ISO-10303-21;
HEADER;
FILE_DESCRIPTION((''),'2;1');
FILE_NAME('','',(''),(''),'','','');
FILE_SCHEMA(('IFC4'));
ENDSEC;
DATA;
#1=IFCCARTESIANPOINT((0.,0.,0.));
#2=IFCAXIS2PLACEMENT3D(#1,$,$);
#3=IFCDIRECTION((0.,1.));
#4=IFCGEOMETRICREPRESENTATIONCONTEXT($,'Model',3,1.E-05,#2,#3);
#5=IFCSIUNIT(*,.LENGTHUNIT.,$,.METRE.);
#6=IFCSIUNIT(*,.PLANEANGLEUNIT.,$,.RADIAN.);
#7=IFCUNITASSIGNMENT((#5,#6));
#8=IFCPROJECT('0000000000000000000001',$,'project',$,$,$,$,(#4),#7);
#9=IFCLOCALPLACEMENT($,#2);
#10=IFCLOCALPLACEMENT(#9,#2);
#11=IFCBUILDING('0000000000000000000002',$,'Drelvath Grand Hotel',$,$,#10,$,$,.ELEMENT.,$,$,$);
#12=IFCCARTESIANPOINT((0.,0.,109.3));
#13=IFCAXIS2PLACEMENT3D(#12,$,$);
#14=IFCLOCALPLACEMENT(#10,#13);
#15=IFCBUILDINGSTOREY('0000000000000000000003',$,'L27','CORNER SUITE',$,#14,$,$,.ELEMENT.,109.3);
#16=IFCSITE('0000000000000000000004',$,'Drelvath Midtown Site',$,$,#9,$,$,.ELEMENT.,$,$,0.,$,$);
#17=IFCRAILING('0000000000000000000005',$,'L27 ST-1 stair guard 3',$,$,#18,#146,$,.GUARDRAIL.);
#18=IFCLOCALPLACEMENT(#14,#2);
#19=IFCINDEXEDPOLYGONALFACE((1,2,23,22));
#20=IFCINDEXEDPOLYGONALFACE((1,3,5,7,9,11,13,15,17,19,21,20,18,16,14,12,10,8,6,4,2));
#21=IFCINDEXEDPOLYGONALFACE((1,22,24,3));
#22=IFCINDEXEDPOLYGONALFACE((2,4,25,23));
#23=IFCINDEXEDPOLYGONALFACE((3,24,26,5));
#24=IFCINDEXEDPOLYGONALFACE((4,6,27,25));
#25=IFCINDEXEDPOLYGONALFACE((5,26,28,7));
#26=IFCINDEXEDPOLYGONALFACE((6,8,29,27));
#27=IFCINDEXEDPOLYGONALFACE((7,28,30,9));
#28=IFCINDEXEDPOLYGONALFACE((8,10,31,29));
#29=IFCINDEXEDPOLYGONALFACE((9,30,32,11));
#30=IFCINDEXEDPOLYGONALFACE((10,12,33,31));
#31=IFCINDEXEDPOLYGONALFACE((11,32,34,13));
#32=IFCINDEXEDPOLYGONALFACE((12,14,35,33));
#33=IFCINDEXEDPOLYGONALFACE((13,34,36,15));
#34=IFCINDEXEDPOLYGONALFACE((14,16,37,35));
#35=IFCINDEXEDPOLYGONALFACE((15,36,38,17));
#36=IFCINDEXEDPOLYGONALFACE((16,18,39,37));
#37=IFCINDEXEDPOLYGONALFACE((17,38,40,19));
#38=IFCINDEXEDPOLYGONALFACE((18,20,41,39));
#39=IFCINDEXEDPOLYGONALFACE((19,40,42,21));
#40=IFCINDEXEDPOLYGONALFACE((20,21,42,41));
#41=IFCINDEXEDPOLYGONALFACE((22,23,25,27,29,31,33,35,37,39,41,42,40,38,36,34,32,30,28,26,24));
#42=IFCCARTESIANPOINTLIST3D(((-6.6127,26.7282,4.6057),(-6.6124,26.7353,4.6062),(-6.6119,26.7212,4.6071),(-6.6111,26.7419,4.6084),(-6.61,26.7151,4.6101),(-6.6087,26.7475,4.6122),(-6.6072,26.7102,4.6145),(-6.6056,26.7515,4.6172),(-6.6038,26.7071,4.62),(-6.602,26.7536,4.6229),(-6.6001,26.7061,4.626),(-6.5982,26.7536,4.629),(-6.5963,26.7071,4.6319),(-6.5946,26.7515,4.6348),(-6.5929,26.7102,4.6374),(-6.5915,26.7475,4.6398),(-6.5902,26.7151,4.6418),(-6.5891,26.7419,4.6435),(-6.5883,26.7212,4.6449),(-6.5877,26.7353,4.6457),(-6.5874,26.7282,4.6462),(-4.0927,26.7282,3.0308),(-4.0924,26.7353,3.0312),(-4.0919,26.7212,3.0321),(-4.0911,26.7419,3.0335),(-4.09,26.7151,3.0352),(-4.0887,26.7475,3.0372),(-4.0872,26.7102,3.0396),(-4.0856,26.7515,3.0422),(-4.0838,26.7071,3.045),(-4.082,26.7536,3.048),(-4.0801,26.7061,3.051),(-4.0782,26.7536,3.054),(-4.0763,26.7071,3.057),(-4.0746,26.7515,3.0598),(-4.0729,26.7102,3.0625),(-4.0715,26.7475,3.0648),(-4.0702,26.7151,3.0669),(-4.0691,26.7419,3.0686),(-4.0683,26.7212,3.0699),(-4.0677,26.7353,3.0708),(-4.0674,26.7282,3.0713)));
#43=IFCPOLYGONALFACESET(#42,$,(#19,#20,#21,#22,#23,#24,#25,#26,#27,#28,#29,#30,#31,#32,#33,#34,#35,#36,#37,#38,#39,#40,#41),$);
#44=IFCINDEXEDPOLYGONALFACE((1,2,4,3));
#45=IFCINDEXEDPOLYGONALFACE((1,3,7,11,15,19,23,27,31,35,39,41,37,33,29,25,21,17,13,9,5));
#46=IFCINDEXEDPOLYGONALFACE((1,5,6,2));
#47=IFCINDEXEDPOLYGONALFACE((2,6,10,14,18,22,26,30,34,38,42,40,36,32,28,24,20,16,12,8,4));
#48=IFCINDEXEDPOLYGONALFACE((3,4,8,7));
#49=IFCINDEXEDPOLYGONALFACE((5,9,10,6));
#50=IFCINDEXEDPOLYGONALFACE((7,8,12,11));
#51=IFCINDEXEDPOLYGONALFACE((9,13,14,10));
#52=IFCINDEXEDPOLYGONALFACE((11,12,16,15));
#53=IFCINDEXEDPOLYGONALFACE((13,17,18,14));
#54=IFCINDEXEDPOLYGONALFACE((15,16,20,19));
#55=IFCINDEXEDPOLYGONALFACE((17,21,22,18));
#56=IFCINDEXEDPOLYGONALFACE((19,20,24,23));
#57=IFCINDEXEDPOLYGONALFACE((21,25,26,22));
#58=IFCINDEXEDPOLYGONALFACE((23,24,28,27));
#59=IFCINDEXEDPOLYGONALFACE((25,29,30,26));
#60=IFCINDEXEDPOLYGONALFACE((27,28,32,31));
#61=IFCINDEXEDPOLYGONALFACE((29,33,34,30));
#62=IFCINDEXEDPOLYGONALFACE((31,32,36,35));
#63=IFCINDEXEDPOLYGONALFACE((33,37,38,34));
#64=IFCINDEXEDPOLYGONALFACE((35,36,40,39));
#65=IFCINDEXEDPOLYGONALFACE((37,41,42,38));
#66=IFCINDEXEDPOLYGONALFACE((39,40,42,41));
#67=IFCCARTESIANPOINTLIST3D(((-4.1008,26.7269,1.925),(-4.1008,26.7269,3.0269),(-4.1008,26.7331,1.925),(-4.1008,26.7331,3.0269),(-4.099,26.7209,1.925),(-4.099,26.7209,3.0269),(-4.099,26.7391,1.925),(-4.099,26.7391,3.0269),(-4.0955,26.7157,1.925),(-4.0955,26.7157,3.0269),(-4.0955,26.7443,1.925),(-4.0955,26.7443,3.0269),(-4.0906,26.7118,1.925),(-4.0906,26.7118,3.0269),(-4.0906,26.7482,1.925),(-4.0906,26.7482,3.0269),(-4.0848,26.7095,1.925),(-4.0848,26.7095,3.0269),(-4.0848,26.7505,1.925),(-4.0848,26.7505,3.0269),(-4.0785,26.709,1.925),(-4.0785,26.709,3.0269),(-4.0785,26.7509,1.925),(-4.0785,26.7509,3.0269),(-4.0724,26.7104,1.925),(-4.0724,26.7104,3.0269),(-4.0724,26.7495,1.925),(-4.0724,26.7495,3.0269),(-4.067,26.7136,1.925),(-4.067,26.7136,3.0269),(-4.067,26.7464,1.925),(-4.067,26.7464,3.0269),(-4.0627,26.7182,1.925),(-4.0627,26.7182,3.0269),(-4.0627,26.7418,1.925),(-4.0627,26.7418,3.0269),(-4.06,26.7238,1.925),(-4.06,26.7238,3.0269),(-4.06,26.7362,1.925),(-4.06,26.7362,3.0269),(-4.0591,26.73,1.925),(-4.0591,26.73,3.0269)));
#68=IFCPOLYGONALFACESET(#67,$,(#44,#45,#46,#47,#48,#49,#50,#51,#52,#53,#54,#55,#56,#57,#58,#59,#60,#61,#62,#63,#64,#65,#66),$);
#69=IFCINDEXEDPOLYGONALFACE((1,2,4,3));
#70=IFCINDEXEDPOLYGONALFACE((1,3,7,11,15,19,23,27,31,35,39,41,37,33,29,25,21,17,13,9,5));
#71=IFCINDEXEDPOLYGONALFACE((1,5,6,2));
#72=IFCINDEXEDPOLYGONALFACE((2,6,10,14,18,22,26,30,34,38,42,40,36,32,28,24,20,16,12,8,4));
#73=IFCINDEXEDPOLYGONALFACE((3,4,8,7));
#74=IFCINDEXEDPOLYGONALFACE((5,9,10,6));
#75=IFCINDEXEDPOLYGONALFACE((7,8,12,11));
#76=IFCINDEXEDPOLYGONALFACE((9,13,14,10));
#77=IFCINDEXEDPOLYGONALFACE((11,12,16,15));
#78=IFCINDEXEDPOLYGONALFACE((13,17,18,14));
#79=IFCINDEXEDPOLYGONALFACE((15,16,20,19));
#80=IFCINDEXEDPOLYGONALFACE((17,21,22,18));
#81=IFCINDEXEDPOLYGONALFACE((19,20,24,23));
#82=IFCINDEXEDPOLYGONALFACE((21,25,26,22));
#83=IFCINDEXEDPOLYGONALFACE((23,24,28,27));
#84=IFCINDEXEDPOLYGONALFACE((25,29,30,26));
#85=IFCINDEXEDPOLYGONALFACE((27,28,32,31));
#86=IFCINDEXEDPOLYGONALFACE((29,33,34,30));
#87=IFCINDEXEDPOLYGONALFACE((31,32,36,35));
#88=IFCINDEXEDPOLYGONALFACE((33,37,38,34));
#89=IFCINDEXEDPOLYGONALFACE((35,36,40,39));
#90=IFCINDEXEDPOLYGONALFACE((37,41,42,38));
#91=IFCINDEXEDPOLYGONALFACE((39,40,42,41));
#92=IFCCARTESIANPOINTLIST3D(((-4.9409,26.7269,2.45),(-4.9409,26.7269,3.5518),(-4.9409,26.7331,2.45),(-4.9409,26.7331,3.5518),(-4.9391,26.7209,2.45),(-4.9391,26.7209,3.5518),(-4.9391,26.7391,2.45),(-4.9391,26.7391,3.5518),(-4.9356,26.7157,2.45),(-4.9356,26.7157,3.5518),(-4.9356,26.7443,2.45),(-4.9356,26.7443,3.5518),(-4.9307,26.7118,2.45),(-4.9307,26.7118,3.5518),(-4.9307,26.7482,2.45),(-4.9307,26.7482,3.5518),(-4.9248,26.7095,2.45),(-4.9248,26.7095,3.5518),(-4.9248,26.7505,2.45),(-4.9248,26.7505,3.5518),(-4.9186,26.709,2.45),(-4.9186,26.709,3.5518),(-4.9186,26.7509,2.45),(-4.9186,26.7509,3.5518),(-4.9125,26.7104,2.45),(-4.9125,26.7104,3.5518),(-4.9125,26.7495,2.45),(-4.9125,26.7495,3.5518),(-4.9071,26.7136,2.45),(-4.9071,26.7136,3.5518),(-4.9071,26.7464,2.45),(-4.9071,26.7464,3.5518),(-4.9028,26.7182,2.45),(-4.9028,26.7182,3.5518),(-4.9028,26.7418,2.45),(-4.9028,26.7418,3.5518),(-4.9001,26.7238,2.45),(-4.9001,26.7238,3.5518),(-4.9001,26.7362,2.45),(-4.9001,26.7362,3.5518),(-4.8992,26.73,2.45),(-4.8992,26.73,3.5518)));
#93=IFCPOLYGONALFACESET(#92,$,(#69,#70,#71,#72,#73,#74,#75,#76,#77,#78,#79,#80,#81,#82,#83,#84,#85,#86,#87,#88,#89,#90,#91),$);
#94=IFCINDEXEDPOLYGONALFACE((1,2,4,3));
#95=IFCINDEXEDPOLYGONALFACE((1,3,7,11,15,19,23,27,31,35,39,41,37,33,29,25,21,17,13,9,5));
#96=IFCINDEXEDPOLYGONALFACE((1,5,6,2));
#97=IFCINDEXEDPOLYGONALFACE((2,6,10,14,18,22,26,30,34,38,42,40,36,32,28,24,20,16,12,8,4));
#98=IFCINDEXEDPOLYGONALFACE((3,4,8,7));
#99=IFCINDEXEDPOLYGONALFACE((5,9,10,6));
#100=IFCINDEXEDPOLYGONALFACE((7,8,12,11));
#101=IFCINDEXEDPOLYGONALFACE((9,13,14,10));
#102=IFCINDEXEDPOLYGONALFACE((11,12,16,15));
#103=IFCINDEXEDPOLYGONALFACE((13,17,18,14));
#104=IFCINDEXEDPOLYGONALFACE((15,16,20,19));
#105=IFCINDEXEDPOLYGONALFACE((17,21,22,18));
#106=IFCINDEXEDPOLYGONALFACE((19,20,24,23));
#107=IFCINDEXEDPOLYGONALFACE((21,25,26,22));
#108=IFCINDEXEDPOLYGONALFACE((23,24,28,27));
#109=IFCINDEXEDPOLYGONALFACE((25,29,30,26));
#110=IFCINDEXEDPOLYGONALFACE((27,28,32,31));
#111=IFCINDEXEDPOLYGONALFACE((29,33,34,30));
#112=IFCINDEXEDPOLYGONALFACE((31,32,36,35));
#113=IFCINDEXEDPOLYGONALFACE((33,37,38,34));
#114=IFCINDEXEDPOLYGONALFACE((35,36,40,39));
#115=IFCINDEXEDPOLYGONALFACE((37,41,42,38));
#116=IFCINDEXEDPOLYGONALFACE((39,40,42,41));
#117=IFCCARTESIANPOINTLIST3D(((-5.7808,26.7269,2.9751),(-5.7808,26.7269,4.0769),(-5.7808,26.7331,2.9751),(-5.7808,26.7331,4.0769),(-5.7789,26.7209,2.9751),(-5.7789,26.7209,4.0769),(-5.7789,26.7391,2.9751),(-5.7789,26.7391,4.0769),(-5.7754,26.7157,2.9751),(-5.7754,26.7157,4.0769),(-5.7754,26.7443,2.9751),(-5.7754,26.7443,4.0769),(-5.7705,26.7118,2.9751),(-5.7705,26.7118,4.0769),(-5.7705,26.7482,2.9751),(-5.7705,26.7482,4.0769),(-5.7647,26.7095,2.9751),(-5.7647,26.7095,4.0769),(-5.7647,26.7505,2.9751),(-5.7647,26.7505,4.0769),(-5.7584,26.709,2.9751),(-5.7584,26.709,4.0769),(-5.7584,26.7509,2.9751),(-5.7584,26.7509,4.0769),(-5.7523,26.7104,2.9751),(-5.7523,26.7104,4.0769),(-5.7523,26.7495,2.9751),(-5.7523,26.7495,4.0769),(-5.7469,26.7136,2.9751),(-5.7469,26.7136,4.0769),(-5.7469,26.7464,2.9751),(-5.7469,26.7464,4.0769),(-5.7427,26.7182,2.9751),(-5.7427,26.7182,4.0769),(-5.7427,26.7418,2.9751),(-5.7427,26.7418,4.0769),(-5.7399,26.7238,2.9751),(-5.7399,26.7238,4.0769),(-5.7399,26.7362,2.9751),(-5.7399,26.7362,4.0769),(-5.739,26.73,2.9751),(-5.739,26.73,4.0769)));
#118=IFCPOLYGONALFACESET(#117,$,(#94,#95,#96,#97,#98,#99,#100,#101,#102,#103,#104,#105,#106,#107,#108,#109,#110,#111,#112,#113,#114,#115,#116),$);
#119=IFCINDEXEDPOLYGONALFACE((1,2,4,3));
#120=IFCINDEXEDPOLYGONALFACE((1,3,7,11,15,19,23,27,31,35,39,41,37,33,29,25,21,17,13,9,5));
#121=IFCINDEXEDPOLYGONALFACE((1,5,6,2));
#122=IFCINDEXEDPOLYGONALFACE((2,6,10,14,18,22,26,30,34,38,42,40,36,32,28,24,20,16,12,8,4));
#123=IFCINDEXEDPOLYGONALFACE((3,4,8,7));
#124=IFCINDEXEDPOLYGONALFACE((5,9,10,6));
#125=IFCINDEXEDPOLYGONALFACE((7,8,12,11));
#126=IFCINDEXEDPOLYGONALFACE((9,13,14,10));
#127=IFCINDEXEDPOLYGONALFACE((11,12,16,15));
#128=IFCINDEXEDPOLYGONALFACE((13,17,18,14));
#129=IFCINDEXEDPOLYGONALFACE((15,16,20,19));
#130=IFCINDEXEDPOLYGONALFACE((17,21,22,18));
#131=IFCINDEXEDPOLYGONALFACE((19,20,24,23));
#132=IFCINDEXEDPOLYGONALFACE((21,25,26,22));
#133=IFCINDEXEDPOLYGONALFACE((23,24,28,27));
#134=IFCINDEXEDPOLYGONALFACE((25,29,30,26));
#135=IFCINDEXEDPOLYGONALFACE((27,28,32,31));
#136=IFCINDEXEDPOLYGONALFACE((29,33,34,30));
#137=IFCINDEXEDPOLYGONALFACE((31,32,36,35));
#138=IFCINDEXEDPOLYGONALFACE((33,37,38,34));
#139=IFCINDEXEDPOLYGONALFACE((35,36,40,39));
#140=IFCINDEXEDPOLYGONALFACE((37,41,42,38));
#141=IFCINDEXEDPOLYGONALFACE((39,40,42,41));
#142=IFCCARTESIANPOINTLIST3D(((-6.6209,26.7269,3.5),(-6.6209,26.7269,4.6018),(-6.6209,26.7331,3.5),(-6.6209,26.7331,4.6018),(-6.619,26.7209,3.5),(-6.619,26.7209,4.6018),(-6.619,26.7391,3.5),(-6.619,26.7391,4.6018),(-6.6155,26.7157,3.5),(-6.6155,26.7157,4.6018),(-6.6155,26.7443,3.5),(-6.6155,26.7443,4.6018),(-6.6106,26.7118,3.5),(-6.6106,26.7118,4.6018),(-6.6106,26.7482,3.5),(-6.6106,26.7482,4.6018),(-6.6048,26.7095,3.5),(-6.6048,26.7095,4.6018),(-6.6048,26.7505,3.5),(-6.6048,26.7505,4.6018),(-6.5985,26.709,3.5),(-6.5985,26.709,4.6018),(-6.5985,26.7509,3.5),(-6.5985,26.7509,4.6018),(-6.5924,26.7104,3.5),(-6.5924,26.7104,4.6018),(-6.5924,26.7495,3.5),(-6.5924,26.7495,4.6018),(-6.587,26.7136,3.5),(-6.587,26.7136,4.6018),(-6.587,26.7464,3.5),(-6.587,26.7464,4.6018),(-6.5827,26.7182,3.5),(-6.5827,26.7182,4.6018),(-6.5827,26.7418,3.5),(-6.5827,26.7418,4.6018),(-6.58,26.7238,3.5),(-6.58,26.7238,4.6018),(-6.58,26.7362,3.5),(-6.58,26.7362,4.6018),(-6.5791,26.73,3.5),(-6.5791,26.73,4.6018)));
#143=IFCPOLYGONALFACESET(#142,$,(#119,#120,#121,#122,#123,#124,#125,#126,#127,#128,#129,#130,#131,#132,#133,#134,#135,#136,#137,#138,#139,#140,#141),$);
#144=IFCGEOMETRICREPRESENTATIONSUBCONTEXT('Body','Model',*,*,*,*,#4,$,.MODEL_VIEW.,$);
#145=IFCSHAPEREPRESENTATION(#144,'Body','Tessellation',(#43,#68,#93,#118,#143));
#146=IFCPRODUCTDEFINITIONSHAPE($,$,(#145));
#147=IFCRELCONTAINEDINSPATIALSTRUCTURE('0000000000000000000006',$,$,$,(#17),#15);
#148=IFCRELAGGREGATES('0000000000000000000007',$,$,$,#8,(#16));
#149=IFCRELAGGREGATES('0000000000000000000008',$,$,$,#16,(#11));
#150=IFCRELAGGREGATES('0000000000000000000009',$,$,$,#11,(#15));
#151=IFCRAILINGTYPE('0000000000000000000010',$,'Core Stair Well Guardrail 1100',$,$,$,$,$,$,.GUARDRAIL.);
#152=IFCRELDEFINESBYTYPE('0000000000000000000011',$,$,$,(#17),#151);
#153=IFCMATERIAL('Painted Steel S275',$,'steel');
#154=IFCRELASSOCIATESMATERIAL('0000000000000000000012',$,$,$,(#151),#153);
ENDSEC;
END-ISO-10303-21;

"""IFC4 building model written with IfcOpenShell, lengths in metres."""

from ifc_helpers import new_model, si_unit, direction, frame, origin, origin_2d, place, context, subcontext, project, spatial, circle, extrude, material, type_object, element, save


model = new_model("IFC4")

# Units and contexts
model_context = context("Model", 3, precision=1e-05, world=origin(), true_north=direction((0.0, 1.0)))
body_context = subcontext(model_context, "Body", "Model", "MODEL_VIEW")
ifc_project = project(units=[si_unit("LENGTHUNIT", "METRE"), si_unit("PLANEANGLEUNIT", "RADIAN")], contexts=[model_context])

# Site, building, storey
site_placement = place(None, origin())
site = spatial("IfcSite", under=ifc_project, at=site_placement, Name="Drelvath Midtown Site", CompositionType="ELEMENT", RefElevation=0.0)
building_placement = place(site_placement, origin())
building = spatial("IfcBuilding", under=site, at=building_placement, Name="Drelvath Grand Hotel", CompositionType="ELEMENT")
storey_placement = place(building_placement, frame((0.0, 0.0, 109.3)))
storey = spatial("IfcBuildingStorey", under=building, at=storey_placement, Name="L27", Description="CORNER SUITE", CompositionType="ELEMENT", Elevation=109.3)

# Shared definitions
ifc_material_1 = material(Name="Painted Steel S275", Category="steel")

# Railing
railing_type_1 = type_object("IfcRailingType", Name="Core Stair Well Guardrail 1100", PredefinedType="GUARDRAIL", material=ifc_material_1)
railing_1_placement = place(storey_placement, frame((-4.0801, 26.73, 1.925)))
element("IfcRailing", 1, at=railing_1_placement, inside=storey, type_object=railing_type_1, Name="L27 ST-1 stair guard 3", PredefinedType="GUARDRAIL", context=body_context, shape_type="SweptSolid", body=[
    extrude(circle(Radius=0.0239, at=origin_2d()), frame((0.0, 0.0, 1.126), z_axis=(-0.848008, 0.0, 0.529984), x_axis=(0.0, -1.0, 0.0)), (0.0, 0.0, 1.0), 2.9717),
    extrude(circle(Radius=0.021, at=origin_2d()), origin(), (0.0, 0.0, 1.0), 1.1018),
    extrude(circle(Radius=0.021, at=origin_2d()), frame((-0.8401, 0.0, 0.5249)), (0.0, 0.0, 1.0), 1.1018),
    extrude(circle(Radius=0.021, at=origin_2d()), frame((-1.6799, 0.0, 1.05)), (0.0, 0.0, 1.0), 1.1018),
    extrude(circle(Radius=0.021, at=origin_2d()), frame((-2.52, 0.0, 1.575)), (0.0, 0.0, 1.0), 1.1018),
])

save(model, "model.ifc")
